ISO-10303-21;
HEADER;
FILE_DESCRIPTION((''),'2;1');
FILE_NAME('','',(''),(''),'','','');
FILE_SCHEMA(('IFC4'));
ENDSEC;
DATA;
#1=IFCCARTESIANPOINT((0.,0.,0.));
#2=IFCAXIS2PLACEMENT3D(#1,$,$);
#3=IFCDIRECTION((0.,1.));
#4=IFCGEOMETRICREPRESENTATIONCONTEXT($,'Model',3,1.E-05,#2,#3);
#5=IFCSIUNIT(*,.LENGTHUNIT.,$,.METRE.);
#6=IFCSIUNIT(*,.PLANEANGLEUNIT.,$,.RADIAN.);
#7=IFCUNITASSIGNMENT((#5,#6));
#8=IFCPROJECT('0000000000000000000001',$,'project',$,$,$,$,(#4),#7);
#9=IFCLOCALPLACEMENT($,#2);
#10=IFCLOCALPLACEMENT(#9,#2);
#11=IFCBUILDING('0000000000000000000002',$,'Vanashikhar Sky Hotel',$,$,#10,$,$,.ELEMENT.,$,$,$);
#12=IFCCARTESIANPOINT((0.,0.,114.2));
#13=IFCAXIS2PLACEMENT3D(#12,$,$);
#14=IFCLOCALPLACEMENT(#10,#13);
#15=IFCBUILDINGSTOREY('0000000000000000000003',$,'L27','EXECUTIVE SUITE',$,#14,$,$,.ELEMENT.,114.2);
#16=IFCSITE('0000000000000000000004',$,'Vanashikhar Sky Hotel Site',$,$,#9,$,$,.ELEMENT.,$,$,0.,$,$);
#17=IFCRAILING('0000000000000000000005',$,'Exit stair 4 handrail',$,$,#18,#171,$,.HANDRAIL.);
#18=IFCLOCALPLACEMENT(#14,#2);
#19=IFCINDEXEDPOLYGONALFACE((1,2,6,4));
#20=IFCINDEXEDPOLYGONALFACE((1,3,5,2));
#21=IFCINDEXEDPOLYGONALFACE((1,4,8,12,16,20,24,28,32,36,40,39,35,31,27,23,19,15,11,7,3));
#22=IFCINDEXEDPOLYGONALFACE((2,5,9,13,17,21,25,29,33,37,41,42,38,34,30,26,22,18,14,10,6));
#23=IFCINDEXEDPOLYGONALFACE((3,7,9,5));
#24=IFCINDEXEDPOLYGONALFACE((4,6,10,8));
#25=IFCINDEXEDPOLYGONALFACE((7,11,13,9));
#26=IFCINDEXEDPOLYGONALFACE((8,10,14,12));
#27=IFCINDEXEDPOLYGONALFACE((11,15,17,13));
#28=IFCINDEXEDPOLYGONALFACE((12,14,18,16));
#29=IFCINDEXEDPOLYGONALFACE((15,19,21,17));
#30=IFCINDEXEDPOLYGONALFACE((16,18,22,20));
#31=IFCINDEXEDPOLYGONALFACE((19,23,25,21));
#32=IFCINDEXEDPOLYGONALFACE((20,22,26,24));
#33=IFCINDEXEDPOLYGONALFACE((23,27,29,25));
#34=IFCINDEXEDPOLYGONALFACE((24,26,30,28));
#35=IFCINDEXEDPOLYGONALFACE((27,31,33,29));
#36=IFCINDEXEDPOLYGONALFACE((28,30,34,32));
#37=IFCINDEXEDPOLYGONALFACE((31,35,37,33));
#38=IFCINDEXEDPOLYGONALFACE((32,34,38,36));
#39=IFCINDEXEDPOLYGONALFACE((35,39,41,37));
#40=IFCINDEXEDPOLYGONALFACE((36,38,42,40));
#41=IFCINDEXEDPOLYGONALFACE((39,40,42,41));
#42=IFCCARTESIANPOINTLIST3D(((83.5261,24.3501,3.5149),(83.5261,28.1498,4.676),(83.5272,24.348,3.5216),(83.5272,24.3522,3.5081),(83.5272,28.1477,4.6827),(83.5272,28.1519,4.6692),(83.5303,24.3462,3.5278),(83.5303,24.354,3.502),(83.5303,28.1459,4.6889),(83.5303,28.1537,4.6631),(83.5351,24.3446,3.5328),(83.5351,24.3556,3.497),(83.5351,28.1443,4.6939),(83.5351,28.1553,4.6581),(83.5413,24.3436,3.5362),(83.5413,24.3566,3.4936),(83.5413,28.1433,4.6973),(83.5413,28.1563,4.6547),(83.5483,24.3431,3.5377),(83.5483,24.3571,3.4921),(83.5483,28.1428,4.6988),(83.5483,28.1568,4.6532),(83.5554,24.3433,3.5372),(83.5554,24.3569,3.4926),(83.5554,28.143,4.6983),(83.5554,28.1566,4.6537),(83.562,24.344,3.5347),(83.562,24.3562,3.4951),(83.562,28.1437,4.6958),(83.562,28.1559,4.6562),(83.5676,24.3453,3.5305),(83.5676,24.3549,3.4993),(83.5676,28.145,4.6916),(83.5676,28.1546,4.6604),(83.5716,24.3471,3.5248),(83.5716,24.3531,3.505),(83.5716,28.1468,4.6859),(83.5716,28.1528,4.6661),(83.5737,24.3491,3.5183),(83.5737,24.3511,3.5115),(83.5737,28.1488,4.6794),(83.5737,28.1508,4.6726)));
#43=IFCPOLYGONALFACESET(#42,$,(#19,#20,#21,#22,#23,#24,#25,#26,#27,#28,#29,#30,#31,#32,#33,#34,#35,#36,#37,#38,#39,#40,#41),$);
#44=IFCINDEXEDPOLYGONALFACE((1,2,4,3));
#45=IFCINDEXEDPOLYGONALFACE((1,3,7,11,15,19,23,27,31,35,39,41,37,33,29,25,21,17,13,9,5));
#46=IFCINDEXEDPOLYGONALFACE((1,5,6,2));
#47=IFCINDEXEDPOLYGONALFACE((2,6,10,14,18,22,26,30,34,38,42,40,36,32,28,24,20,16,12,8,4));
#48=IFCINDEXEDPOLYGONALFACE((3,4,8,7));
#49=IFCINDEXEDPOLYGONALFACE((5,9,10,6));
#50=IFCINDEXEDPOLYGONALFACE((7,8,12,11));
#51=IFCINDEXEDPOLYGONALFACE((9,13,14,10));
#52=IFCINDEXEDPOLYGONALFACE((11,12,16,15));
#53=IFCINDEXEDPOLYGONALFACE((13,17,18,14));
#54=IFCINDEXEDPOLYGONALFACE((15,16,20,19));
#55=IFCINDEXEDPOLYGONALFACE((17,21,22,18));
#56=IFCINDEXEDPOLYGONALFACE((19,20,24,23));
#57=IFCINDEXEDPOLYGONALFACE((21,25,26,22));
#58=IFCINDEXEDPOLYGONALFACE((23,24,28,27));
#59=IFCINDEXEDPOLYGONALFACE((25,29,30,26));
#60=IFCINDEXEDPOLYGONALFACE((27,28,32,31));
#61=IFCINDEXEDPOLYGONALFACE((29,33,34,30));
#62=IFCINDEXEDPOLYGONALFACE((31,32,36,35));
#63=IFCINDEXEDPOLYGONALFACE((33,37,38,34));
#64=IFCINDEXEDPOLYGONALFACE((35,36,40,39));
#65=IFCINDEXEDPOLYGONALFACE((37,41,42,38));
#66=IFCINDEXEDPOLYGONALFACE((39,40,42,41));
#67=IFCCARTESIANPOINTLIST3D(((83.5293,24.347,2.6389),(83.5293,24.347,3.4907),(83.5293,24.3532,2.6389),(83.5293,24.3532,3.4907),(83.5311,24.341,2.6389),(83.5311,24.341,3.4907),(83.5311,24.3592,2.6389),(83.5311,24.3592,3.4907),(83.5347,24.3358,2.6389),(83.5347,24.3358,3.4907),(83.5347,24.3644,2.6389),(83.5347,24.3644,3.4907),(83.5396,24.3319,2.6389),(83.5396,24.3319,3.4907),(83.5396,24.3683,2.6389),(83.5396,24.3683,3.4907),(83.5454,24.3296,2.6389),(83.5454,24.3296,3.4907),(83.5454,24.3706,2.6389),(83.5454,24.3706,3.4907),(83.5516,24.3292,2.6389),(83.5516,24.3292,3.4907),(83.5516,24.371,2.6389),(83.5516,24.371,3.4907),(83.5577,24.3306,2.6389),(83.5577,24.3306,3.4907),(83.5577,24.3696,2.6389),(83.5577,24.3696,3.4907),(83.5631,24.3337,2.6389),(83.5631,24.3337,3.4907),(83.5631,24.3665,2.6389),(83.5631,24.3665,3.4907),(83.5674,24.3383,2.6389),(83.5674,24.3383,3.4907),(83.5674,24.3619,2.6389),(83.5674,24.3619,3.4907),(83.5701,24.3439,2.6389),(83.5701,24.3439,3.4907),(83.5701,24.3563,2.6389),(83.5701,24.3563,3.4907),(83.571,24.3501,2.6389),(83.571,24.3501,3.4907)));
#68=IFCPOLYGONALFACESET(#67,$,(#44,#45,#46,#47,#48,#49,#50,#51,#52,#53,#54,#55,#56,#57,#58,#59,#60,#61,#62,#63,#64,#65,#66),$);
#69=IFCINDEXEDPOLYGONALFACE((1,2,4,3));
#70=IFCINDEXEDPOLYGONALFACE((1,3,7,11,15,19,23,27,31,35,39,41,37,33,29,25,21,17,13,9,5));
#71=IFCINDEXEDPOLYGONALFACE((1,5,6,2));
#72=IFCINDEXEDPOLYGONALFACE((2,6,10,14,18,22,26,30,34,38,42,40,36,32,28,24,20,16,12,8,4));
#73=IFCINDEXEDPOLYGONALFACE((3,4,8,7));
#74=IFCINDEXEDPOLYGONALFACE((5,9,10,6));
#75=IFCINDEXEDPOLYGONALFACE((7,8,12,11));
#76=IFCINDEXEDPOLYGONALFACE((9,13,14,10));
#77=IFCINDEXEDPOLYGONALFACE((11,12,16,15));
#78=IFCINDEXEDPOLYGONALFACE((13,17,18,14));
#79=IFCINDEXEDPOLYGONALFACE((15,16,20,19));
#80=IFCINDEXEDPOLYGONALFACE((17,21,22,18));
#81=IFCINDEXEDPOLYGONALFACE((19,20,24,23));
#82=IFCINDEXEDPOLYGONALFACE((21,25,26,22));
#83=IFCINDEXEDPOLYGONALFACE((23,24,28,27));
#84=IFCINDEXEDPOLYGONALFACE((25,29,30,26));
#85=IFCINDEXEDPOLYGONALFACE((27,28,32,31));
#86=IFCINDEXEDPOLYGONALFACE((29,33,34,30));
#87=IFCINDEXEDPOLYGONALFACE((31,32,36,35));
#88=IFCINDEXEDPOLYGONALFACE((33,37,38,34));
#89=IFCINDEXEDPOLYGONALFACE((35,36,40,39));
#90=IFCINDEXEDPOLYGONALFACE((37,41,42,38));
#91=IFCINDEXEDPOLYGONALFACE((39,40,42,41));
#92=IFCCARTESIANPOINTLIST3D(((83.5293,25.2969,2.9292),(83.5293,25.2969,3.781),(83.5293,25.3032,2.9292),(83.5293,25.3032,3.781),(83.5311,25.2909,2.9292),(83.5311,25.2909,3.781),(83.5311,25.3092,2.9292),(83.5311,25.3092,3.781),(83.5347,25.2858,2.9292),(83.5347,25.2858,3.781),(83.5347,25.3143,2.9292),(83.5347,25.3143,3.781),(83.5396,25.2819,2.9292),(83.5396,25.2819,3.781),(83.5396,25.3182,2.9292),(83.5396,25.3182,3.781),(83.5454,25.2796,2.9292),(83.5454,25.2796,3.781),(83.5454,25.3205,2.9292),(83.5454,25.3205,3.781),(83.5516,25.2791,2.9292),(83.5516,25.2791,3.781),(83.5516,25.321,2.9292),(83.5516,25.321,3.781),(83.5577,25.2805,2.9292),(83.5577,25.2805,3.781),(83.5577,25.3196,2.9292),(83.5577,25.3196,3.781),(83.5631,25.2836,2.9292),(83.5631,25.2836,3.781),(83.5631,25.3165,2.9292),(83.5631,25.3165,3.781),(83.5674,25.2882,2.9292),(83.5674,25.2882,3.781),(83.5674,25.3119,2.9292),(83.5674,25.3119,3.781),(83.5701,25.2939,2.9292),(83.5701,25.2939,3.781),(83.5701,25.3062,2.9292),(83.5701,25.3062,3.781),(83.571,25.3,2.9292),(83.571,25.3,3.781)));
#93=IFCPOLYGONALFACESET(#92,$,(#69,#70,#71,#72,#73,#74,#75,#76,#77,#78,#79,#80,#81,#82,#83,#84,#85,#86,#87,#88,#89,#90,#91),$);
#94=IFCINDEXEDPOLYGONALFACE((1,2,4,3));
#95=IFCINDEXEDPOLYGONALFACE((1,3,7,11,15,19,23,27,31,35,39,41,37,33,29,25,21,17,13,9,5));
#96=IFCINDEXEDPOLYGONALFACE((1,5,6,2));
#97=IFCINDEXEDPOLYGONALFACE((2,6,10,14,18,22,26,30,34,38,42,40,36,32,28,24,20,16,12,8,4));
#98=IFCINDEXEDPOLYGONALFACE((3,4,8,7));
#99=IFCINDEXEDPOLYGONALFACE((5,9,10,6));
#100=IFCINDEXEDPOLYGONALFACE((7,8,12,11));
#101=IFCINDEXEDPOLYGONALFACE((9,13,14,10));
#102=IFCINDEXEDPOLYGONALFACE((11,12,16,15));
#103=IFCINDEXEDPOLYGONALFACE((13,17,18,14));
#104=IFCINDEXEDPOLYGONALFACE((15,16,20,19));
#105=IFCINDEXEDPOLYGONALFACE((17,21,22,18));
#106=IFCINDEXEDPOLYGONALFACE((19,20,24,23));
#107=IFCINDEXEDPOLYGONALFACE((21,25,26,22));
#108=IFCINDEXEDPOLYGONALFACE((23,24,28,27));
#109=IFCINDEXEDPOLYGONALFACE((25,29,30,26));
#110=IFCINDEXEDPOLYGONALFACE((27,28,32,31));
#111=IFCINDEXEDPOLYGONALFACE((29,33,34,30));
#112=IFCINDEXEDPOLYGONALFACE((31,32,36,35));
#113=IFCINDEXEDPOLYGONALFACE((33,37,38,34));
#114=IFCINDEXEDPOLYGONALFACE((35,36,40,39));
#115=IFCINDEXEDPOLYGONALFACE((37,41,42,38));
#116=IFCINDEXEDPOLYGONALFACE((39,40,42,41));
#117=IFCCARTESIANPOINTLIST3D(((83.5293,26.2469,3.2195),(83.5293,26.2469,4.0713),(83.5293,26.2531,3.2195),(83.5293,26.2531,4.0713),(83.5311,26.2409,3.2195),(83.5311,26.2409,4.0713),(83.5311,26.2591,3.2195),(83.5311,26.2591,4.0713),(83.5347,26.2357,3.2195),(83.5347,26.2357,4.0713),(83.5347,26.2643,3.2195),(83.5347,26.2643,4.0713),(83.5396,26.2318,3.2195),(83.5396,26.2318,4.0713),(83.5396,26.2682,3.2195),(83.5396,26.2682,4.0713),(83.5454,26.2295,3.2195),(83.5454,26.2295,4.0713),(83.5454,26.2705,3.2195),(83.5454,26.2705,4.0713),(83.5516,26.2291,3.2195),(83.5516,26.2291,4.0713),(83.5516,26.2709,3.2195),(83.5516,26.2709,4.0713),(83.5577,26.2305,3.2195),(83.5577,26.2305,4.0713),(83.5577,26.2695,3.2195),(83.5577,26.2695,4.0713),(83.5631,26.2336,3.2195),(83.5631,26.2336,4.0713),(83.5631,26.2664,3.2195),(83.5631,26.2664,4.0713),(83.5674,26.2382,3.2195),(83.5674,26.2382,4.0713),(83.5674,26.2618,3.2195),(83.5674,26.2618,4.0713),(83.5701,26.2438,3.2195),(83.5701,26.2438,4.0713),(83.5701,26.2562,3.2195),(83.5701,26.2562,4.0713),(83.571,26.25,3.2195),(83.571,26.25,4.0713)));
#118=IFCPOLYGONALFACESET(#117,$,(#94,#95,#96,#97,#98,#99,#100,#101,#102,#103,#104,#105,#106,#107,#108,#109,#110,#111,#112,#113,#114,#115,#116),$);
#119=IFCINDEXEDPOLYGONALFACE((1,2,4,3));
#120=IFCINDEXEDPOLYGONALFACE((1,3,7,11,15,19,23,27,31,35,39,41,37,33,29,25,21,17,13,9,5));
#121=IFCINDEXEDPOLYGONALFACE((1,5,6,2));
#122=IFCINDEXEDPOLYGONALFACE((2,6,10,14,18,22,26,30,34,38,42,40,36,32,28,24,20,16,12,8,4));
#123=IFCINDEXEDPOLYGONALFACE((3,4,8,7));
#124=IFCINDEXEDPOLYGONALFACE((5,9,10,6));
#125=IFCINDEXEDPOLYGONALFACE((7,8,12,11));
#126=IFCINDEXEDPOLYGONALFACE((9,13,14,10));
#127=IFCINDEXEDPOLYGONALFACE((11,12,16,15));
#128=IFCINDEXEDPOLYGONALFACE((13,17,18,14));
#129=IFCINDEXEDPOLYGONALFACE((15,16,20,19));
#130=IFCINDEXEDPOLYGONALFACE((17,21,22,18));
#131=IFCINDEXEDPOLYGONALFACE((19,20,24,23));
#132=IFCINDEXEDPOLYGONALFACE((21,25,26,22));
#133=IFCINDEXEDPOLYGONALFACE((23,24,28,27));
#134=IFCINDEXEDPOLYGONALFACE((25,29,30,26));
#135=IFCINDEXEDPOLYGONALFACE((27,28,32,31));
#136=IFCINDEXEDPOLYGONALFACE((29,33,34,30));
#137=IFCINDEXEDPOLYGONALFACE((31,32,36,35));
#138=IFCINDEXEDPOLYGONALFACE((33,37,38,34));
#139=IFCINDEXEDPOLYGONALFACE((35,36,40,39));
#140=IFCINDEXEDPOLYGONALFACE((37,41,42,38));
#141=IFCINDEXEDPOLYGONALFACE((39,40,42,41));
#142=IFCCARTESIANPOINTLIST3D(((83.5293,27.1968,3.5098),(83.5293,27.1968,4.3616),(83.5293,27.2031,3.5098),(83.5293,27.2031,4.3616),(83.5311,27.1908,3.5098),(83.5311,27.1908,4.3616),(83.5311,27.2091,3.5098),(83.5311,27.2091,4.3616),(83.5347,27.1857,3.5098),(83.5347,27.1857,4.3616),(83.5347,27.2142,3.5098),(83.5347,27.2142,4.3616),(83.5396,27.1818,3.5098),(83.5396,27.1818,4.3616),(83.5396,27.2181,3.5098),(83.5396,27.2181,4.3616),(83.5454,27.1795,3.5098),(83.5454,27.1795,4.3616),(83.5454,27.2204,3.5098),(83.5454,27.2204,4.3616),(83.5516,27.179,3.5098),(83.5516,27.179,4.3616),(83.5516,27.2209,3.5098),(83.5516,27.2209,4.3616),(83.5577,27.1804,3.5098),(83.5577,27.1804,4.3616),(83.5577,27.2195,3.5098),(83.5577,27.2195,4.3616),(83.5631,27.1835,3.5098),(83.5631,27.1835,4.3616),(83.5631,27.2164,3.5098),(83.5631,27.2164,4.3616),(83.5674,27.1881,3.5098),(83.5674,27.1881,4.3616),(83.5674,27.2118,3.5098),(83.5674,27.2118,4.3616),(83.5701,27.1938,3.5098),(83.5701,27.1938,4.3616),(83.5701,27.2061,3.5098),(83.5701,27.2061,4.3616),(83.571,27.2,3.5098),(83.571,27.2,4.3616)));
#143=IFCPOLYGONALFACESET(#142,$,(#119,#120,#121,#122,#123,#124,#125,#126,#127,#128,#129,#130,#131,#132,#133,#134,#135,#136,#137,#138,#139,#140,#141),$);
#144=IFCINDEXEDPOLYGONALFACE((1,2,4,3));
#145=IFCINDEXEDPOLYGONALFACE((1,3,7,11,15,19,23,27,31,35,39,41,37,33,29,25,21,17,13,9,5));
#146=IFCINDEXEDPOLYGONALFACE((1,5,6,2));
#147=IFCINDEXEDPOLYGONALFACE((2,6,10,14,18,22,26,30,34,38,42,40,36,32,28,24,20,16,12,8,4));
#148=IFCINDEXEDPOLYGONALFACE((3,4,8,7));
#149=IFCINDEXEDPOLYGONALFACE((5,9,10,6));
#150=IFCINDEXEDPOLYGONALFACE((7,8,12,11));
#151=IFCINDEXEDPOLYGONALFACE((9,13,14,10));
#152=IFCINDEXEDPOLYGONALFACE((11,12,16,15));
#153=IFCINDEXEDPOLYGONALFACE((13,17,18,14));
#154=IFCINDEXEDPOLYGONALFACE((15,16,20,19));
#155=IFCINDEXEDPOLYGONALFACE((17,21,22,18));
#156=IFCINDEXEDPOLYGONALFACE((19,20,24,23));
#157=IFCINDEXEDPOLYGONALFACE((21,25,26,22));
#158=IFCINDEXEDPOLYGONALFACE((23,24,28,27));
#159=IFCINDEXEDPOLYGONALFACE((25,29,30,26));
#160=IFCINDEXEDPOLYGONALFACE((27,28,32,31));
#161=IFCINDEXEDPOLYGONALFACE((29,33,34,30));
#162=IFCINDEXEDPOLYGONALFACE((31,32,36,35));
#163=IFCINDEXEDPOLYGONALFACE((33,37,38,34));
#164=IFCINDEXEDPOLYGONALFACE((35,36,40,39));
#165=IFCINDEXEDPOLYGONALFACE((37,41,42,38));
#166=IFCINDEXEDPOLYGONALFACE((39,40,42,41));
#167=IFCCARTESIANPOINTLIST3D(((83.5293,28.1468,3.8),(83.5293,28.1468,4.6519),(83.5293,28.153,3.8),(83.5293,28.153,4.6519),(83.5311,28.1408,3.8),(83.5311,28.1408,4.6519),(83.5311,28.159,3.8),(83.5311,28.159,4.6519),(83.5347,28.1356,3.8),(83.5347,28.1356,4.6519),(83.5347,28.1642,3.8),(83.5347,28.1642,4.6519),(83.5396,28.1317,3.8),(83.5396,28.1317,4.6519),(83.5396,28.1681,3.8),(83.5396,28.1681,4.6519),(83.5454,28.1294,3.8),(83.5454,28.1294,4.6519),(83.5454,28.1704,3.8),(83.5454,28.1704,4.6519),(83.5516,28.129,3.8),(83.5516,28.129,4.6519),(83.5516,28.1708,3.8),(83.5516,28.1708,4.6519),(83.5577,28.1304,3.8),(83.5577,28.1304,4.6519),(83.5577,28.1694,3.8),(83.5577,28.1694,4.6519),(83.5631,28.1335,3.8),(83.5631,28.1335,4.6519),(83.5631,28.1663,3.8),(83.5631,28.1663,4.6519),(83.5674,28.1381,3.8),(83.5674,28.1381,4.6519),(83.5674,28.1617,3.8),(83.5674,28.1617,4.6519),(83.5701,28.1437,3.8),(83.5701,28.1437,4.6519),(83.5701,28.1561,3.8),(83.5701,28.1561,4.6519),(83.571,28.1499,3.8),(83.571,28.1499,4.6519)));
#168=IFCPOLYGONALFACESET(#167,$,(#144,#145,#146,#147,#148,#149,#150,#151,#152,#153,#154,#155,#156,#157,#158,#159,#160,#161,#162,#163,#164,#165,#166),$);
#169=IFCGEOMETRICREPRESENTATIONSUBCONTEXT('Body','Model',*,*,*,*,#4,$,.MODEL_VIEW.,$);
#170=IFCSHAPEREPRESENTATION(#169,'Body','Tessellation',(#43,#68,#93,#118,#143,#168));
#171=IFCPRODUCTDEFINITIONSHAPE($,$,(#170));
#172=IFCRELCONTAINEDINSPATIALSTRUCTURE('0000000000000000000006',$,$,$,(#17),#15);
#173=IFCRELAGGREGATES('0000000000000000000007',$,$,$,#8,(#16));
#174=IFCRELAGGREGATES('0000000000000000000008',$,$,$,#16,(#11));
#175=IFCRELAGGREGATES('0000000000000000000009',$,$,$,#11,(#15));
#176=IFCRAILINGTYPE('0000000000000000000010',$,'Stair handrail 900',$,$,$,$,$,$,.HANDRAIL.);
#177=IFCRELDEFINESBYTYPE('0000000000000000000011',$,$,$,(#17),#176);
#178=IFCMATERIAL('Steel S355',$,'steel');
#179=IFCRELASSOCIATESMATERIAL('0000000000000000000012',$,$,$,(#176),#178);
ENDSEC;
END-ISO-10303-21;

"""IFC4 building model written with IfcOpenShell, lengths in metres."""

from ifc_helpers import new_model, si_unit, direction, frame, origin, origin_2d, place, context, subcontext, project, spatial, circle, extrude, source, transform, mapped, material, type_object, element, save


model = new_model("IFC4")

# Units and contexts
model_context = context("Model", 3, precision=1e-05, world=origin(), true_north=direction((0.0, 1.0)))
body_context = subcontext(model_context, "Body", "Model", "MODEL_VIEW")
ifc_project = project(units=[si_unit("LENGTHUNIT", "METRE"), si_unit("PLANEANGLEUNIT", "RADIAN")], contexts=[model_context])

# Site, building, storey
site_placement = place(None, origin())
site = spatial("IfcSite", under=ifc_project, at=site_placement, Name="Vanashikhar Sky Hotel Site", CompositionType="ELEMENT", RefElevation=0.0)
building_placement = place(site_placement, origin())
building = spatial("IfcBuilding", under=site, at=building_placement, Name="Vanashikhar Sky Hotel", CompositionType="ELEMENT")
storey_placement = place(building_placement, frame((0.0, 0.0, 114.2)))
storey = spatial("IfcBuildingStorey", under=building, at=storey_placement, Name="L27", Description="EXECUTIVE SUITE", CompositionType="ELEMENT", Elevation=114.2)

# Railing
ifc_material_1 = material(Name="Steel S355", Category="steel")
railing_type_1 = type_object("IfcRailingType", Name="Stair handrail 900", PredefinedType="HANDRAIL", material=ifc_material_1)
shared_shape_1 = source(origin(), body_context, "Body", "SweptSolid", [
    extrude(circle(Radius=0.0239, at=origin_2d()), frame((0.0, 0.0, 0.876), z_axis=(0.0, 0.956346, 0.292237), x_axis=(-1.0, 0.0, 0.0)), (0.0, 0.0, 1.0), 3.9731),
    extrude(circle(Radius=0.021, at=origin_2d()), origin(), (0.0, 0.0, 1.0), 0.8518),
    extrude(circle(Radius=0.021, at=origin_2d()), frame((0.0, 0.95, 0.2903)), (0.0, 0.0, 1.0), 0.8518),
    extrude(circle(Radius=0.021, at=origin_2d()), frame((0.0, 1.8999, 0.5806)), (0.0, 0.0, 1.0), 0.8518),
    extrude(circle(Radius=0.021, at=origin_2d()), frame((0.0, 2.8499, 0.8708)), (0.0, 0.0, 1.0), 0.8518),
    extrude(circle(Radius=0.021, at=origin_2d()), frame((0.0, 3.7998, 1.1611)), (0.0, 0.0, 1.0), 0.8518),
])
railing_1_placement = place(storey_placement, frame((83.55, 24.3501, 2.6389)))
element("IfcRailing", 1, at=railing_1_placement, inside=storey, type_object=railing_type_1, Name="Exit stair 4 handrail", PredefinedType="HANDRAIL", context=body_context, shape_type="MappedRepresentation", body=[
    mapped(shared_shape_1, transform((0.0, 0.0, 0.0), scale=1.0)),
])

save(model, "model.ifc")
